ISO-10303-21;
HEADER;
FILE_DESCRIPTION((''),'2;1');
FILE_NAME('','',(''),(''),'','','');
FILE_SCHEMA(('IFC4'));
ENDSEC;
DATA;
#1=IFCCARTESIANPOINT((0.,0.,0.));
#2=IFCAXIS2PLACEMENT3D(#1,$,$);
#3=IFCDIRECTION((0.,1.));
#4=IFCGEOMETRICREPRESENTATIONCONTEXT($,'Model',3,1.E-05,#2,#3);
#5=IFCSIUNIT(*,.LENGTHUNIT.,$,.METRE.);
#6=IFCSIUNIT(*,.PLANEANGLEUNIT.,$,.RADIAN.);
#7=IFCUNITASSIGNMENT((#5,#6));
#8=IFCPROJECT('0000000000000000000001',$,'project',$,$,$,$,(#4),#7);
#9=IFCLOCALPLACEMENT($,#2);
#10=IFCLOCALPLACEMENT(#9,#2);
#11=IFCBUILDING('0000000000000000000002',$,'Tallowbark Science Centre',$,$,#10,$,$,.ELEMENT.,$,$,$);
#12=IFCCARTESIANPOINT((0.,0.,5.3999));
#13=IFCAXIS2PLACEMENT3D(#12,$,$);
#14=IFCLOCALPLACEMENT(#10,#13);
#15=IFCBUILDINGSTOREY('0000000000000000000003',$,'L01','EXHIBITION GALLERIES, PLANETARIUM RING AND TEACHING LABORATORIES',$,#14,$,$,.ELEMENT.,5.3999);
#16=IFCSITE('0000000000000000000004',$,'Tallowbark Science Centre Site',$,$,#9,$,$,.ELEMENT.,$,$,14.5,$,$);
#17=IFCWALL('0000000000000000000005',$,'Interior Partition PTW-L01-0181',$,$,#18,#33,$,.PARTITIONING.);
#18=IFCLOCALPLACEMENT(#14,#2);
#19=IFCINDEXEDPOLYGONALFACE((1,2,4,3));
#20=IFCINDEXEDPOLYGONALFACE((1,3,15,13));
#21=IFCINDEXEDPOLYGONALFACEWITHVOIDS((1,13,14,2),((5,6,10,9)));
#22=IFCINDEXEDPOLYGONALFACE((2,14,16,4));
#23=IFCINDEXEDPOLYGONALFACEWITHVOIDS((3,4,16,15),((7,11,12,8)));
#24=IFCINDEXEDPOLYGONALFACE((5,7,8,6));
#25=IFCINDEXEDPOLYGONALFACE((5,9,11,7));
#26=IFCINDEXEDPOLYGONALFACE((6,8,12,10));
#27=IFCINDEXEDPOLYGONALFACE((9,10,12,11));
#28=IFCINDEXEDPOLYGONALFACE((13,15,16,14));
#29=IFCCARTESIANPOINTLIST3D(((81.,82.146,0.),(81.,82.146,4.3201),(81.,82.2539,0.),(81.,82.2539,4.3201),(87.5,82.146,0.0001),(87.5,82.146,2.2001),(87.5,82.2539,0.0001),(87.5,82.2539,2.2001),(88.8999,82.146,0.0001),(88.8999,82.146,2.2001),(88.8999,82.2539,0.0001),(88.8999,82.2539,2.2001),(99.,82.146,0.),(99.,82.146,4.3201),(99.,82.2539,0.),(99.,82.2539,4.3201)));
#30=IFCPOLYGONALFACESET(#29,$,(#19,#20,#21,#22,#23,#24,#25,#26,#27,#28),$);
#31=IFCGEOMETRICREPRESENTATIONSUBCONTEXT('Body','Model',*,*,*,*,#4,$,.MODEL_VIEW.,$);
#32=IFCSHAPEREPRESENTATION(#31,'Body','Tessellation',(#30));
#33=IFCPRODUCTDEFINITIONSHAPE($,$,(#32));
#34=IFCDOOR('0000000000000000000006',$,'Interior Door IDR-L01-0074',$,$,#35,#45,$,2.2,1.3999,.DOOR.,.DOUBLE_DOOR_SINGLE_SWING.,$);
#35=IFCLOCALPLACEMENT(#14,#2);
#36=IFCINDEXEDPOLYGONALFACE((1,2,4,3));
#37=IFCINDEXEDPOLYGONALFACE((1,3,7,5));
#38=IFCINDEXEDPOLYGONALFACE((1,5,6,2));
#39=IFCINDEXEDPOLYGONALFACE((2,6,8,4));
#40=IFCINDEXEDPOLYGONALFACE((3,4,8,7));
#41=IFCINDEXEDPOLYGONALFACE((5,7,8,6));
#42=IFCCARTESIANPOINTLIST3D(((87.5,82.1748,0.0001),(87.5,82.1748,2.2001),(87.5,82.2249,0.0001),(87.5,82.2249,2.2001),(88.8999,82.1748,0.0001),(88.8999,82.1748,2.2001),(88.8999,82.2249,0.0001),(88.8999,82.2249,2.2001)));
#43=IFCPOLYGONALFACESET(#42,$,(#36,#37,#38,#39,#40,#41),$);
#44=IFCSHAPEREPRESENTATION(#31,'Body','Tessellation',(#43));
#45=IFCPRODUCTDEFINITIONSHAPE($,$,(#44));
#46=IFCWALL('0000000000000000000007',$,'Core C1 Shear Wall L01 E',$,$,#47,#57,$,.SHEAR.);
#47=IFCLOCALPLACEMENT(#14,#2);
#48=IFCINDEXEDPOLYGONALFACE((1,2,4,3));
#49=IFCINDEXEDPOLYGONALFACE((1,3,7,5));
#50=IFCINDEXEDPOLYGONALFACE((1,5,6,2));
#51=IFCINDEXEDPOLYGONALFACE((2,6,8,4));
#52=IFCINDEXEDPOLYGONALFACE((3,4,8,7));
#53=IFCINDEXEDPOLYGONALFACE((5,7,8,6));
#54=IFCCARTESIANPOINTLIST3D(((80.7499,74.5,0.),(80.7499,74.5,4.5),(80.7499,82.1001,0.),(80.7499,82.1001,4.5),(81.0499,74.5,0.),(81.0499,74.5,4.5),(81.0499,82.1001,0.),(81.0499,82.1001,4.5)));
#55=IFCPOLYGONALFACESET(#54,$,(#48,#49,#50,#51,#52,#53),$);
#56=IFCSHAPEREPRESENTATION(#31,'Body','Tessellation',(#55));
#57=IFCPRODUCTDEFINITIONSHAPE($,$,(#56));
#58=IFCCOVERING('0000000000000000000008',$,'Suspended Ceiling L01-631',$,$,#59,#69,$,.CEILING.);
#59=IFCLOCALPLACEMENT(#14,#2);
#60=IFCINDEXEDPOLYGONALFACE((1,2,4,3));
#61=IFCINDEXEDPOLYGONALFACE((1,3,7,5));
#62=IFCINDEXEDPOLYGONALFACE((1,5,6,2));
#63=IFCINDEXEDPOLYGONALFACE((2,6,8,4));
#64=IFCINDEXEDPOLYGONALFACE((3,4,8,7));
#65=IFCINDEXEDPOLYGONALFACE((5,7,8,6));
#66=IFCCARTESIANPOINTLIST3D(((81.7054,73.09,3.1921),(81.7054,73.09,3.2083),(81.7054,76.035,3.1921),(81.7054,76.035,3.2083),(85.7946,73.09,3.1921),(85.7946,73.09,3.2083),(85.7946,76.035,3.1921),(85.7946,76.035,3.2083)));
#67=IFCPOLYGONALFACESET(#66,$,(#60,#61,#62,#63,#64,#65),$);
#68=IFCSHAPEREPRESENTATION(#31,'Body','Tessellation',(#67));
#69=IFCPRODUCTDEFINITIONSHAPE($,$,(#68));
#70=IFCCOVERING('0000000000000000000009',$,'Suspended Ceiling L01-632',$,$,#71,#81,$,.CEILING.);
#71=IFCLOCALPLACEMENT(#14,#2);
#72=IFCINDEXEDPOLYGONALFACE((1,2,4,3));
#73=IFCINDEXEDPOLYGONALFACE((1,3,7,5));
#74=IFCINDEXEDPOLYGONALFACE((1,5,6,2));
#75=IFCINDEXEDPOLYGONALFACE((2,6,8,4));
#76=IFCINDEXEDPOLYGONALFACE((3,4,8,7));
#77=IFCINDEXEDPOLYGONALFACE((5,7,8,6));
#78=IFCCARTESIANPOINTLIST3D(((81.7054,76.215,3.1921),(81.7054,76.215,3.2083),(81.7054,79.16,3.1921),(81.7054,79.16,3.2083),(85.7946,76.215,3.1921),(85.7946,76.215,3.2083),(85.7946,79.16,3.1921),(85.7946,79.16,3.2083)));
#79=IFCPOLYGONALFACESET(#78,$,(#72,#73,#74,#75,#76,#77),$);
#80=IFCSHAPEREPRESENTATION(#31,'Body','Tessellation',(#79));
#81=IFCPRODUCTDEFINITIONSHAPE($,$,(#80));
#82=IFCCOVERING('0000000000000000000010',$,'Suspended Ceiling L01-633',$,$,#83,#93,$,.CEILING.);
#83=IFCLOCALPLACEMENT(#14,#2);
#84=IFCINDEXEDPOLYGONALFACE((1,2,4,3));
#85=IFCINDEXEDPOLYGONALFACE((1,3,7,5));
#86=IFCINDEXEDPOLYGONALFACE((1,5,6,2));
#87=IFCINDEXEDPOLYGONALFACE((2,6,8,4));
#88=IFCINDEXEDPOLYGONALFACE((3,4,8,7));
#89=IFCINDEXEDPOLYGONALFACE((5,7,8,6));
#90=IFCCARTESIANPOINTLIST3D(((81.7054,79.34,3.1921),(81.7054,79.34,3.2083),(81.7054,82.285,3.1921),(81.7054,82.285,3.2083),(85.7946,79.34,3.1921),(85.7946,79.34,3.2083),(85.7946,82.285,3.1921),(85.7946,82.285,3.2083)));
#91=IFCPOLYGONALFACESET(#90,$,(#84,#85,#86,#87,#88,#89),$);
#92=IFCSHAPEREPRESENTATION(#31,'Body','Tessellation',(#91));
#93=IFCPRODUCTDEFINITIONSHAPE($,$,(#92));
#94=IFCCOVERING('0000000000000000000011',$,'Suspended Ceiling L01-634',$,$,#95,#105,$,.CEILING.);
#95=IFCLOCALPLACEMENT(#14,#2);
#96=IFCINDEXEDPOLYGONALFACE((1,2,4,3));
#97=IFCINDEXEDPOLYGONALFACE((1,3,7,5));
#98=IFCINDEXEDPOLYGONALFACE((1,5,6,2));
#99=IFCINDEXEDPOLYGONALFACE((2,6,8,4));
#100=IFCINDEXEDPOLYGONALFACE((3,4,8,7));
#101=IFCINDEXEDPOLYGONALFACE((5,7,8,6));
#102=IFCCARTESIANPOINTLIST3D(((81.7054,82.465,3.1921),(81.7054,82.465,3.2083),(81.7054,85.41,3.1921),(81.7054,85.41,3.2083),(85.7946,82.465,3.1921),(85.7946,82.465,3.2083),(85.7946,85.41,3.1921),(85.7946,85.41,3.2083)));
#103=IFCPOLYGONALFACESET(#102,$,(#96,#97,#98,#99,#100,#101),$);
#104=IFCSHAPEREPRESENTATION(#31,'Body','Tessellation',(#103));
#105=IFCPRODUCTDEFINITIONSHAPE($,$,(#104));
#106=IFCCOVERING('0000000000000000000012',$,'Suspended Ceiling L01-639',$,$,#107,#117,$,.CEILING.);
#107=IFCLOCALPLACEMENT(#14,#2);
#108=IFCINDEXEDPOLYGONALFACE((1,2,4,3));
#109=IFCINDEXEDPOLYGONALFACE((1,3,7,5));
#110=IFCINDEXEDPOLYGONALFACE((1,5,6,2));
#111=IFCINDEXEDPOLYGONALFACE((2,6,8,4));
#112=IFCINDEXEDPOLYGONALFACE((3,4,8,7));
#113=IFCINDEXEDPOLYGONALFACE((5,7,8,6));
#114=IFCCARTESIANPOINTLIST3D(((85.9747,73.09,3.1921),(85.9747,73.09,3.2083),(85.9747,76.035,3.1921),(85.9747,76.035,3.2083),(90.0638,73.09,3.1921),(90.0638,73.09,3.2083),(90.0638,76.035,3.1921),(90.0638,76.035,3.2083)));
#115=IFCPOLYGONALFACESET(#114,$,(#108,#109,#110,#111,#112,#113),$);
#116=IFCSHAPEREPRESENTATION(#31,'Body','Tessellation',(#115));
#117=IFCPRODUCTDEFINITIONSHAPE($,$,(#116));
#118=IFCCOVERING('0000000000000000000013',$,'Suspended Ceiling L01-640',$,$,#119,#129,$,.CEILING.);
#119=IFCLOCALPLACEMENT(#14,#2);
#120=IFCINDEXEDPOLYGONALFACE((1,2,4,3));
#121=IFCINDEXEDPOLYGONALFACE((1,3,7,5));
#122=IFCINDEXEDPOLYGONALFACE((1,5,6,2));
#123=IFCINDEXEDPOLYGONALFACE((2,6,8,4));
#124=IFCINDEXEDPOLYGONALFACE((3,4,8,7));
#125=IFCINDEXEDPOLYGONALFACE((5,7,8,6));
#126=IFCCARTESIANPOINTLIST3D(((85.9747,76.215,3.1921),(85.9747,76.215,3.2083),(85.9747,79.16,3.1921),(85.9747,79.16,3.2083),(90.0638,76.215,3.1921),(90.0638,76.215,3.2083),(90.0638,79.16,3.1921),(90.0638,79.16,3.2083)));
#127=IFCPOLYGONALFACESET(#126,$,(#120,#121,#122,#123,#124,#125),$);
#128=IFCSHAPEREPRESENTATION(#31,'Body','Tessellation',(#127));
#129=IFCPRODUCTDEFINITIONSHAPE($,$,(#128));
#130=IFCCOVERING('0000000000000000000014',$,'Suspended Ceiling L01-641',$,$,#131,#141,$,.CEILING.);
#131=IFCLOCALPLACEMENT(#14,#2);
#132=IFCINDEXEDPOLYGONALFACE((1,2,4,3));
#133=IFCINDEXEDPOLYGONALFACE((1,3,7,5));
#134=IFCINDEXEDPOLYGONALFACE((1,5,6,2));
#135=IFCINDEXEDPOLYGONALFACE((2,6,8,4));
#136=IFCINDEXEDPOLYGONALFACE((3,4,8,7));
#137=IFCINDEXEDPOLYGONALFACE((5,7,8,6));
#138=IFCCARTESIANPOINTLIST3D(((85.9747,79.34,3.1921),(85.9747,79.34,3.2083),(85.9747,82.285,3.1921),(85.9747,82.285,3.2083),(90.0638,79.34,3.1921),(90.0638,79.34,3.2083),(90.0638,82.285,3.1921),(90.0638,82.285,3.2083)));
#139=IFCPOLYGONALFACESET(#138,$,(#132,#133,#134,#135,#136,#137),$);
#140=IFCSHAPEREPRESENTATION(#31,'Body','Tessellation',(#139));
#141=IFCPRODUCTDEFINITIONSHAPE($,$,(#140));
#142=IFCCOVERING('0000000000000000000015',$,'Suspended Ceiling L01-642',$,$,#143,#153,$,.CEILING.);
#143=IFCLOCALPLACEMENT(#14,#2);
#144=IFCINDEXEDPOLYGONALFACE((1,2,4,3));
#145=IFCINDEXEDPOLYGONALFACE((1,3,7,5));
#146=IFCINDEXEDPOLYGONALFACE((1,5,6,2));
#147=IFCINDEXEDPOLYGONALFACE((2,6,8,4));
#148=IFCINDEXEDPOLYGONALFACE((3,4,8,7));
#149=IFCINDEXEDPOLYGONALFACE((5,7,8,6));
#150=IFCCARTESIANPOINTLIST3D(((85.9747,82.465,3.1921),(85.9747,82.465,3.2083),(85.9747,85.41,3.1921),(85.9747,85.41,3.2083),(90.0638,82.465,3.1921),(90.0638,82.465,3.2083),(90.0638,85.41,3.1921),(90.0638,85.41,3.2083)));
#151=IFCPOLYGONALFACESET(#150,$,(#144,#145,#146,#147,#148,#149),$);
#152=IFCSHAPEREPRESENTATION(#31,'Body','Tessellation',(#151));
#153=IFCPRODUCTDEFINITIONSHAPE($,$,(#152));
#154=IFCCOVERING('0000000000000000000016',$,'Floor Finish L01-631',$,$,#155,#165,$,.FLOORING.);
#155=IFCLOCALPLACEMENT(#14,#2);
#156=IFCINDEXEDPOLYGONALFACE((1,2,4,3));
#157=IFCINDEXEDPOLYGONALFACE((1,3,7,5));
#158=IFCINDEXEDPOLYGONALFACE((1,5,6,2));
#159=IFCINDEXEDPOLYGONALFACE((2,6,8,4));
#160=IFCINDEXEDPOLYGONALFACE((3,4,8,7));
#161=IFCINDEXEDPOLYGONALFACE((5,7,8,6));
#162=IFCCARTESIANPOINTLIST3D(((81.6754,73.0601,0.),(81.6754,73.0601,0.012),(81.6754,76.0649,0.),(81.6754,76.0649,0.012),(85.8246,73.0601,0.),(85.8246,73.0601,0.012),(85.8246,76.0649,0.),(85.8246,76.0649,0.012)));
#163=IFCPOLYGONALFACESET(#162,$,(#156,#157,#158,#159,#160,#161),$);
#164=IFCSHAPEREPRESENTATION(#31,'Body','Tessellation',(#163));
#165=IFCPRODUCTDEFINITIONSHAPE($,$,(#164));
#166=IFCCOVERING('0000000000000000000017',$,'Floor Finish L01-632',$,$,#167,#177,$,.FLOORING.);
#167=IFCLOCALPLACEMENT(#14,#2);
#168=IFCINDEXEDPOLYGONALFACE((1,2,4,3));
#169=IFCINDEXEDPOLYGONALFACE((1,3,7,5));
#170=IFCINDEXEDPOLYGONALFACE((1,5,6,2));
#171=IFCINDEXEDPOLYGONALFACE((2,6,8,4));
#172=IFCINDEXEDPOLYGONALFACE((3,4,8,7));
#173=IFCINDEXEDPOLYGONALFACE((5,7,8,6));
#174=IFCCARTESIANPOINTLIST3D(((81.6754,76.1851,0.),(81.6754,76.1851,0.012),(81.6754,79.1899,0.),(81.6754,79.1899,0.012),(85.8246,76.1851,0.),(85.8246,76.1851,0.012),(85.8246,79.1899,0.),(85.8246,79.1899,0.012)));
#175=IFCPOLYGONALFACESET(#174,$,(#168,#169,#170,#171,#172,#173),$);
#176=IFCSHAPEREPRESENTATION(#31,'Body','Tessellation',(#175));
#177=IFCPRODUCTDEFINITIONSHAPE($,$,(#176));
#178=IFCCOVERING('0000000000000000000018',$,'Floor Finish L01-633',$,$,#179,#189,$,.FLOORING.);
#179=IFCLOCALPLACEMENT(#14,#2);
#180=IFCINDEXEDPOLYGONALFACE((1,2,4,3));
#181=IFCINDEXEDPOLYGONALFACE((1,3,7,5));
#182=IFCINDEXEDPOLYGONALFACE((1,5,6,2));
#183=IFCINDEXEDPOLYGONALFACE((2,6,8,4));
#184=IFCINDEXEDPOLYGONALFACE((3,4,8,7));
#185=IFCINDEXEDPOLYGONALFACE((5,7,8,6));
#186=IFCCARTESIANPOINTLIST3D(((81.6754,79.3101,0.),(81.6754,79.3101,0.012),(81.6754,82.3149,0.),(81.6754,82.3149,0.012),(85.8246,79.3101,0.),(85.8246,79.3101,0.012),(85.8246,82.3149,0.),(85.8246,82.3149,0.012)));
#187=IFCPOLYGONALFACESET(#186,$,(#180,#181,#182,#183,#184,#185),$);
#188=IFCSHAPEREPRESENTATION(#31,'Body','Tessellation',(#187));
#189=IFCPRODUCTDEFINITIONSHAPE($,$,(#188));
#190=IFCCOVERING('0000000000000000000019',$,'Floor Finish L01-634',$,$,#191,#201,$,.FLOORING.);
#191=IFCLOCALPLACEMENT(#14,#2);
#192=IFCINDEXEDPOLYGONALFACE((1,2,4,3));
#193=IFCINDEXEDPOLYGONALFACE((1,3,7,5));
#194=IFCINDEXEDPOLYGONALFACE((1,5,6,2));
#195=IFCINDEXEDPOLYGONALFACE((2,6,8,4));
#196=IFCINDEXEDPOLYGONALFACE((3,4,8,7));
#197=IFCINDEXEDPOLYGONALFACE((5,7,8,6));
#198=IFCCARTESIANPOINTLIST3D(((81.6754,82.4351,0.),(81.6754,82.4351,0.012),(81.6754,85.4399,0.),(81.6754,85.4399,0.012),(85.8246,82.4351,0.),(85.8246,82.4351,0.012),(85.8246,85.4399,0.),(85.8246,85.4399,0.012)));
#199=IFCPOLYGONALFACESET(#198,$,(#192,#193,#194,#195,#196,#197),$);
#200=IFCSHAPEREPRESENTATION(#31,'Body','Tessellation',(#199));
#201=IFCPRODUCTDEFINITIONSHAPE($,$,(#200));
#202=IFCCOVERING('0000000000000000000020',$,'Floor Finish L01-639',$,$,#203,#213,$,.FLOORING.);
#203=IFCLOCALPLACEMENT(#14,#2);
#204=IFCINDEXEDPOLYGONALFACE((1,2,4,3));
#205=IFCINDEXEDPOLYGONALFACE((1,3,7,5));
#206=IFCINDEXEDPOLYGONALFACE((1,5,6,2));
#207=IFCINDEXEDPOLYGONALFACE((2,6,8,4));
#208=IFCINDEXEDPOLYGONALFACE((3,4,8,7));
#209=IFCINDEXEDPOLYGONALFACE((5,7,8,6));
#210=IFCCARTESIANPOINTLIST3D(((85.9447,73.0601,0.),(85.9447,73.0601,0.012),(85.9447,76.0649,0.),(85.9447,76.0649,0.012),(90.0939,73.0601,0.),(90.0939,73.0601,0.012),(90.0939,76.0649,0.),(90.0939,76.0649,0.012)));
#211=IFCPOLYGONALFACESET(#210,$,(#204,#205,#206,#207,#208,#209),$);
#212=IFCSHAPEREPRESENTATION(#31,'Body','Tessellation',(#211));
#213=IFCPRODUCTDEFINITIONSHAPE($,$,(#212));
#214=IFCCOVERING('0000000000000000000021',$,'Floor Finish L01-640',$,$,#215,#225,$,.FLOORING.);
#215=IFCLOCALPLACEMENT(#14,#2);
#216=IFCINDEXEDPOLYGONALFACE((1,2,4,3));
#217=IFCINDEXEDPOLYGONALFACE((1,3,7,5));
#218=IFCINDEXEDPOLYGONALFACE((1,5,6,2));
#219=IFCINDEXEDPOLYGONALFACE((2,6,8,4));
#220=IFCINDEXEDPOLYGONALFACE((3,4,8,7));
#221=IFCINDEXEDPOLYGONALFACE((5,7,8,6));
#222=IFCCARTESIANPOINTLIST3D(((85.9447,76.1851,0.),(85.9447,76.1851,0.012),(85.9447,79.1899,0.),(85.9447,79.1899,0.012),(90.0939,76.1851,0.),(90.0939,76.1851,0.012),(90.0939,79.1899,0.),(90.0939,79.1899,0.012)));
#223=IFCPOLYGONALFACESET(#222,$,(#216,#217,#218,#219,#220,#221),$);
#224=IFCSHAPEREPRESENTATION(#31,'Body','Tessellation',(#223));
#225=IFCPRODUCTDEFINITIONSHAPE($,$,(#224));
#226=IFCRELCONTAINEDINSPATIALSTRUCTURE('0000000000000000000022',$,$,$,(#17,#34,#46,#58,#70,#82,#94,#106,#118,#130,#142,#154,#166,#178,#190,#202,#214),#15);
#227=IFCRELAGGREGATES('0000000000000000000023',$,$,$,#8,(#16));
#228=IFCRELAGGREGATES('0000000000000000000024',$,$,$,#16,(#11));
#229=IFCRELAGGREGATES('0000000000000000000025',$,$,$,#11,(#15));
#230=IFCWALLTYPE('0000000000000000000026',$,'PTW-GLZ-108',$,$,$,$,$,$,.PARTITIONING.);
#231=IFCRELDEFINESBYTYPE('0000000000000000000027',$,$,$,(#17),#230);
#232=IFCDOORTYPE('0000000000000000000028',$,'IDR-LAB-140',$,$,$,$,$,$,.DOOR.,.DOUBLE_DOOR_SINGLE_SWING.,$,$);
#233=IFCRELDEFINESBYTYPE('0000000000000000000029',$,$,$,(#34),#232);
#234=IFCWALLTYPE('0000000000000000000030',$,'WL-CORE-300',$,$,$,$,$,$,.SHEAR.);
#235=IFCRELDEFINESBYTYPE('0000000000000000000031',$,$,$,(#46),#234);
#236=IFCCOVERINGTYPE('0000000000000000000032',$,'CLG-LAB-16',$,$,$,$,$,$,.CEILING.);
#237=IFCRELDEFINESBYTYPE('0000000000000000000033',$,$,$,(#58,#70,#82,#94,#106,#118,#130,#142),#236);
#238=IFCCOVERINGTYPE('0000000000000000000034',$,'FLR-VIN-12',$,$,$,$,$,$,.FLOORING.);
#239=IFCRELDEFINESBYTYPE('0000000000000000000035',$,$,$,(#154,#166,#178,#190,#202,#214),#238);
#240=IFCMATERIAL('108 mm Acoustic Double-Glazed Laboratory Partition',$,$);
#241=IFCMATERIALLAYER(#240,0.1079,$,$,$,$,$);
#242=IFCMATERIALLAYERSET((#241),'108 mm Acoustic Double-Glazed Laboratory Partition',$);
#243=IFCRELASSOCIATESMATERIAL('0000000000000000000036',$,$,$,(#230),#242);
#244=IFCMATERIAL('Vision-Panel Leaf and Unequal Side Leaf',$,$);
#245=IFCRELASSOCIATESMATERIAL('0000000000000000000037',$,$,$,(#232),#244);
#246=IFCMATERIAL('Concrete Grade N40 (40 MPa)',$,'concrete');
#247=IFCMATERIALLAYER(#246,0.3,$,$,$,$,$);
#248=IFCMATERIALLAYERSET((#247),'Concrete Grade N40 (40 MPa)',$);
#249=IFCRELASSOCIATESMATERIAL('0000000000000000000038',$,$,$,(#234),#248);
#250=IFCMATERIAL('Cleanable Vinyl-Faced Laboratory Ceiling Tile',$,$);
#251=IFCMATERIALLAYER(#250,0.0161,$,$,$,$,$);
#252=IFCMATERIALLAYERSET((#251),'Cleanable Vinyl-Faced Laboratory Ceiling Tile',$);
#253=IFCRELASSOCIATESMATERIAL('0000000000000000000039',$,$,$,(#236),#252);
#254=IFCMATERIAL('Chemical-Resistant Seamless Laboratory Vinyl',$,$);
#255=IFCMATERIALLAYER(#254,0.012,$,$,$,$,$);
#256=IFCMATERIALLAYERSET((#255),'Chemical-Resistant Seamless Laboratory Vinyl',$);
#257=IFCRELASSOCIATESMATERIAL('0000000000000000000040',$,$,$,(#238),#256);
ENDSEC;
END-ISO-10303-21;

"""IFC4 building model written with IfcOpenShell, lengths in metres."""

from ifc_helpers import new_model, si_unit, direction, frame, frame_2d, origin, origin_2d, place, context, subcontext, project, spatial, rectangle, extrude, material, layer, layer_set, type_object, element, fill, save


model = new_model("IFC4")

# Units and contexts
model_context = context("Model", 3, precision=1e-05, world=origin(), true_north=direction((0.0, 1.0)))
body_context = subcontext(model_context, "Body", "Model", "MODEL_VIEW")
ifc_project = project(units=[si_unit("LENGTHUNIT", "METRE"), si_unit("PLANEANGLEUNIT", "RADIAN")], contexts=[model_context])

# Site, building, storey
site_placement = place(None, origin())
site = spatial("IfcSite", under=ifc_project, at=site_placement, Name="Tallowbark Science Centre Site", CompositionType="ELEMENT", RefElevation=14.5)
building_placement = place(site_placement, origin())
building = spatial("IfcBuilding", under=site, at=building_placement, Name="Tallowbark Science Centre", CompositionType="ELEMENT")
storey_placement = place(building_placement, frame((0.0, 0.0, 5.3999)))
storey = spatial("IfcBuildingStorey", under=building, at=storey_placement, Name="L01", Description="EXHIBITION GALLERIES, PLANETARIUM RING AND TEACHING LABORATORIES", CompositionType="ELEMENT", Elevation=5.3999)

# Wall, opening, door
ifc_material_1 = material(Name="108 mm Acoustic Double-Glazed Laboratory Partition")
ifc_layer_1 = layer(ifc_material_1, 0.1079)
ifc_layer_set_1 = layer_set([ifc_layer_1], Name="108 mm Acoustic Double-Glazed Laboratory Partition")
wall_type_1 = type_object("IfcWallType", Name="PTW-GLZ-108", PredefinedType="PARTITIONING", material=ifc_layer_set_1)
wall_1_placement = place(storey_placement, frame((81.0, 82.2, 0.0), z_axis=(0.0, 0.0, 1.0), x_axis=(1.0, 0.0, 0.0)))
wall_1 = element("IfcWall", 1, at=wall_1_placement, inside=storey, type_object=wall_type_1, Name="Interior Partition PTW-L01-0181", PredefinedType="PARTITIONING", context=body_context, shape_type="SweptSolid", body=[
    extrude(rectangle(XDim=18.0, YDim=0.1079, at=frame_2d((9.0, 0.0))), origin(), (0.0, 0.0, 1.0), 4.3201),
])
opening_placement = place(wall_1_placement, frame((6.5, 0.0, 0.0)))
opening = element("IfcOpeningElement", 2, at=opening_placement, cuts=wall_1, PredefinedType="OPENING", context=body_context, shape_type="SweptSolid", body=[
    extrude(rectangle(XDim=1.3999, YDim=2.2, at=frame_2d((0.7, 1.1001))), frame((0.0, 0.064, 0.0), z_axis=(0.0, -1.0, 0.0), x_axis=(1.0, 0.0, 0.0)), (0.0, 0.0, 1.0), 0.1279),
])
ifc_material_2 = material(Name="Vision-Panel Leaf and Unequal Side Leaf")
door_type = type_object("IfcDoorType", Name="IDR-LAB-140", OperationType="DOUBLE_DOOR_SINGLE_SWING", PredefinedType="DOOR", material=ifc_material_2)
door_placement = place(opening_placement, origin())
door = element("IfcDoor", 3, at=door_placement, inside=storey, type_object=door_type, Name="Interior Door IDR-L01-0074", OperationType="DOUBLE_DOOR_SINGLE_SWING", OverallHeight=2.2, OverallWidth=1.3999, PredefinedType="DOOR", context=body_context, shape_type="SweptSolid", body=[
    extrude(rectangle(XDim=1.3999, YDim=2.2, at=frame_2d((0.7, 1.1001))), frame((0.0, 0.0249, 0.0), z_axis=(0.0, -1.0, 0.0), x_axis=(1.0, 0.0, 0.0)), (0.0, 0.0, 1.0), 0.05),
])
fill(opening, door)

# Wall
ifc_material_3 = material(Name="Concrete Grade N40 (40 MPa)", Category="concrete")
ifc_layer_2 = layer(ifc_material_3, 0.3)
ifc_layer_set_2 = layer_set([ifc_layer_2], Name="Concrete Grade N40 (40 MPa)")
wall_type_2 = type_object("IfcWallType", Name="WL-CORE-300", PredefinedType="SHEAR", material=ifc_layer_set_2)
wall_2_placement = place(storey_placement, frame((80.8999, 74.5, 0.0), z_axis=(0.0, 0.0, 1.0), x_axis=(0.0, 1.0, 0.0)))
element("IfcWall", 4, at=wall_2_placement, inside=storey, type_object=wall_type_2, Name="Core C1 Shear Wall L01 E", PredefinedType="SHEAR", context=body_context, shape_type="SweptSolid", body=[
    extrude(rectangle(XDim=7.6001, YDim=0.3, at=frame_2d((3.8, 0.0))), origin(), (0.0, 0.0, 1.0), 4.5),
])

# Coverings
ifc_material_4 = material(Name="Cleanable Vinyl-Faced Laboratory Ceiling Tile")
ifc_layer_3 = layer(ifc_material_4, 0.0161)
ifc_layer_set_3 = layer_set([ifc_layer_3], Name="Cleanable Vinyl-Faced Laboratory Ceiling Tile")
covering_type_1 = type_object("IfcCoveringType", Name="CLG-LAB-16", PredefinedType="CEILING", material=ifc_layer_set_3)
for number, where, z_axis, x_axis, name in (
    (5, (83.75, 74.5625, 3.1921), (0.0, 0.0, 1.0), (1.0, 0.0, 0.0), "Suspended Ceiling L01-631"),
    (6, (83.75, 77.6875, 3.1921), (0.0, 0.0, 1.0), (1.0, 0.0, 0.0), "Suspended Ceiling L01-632"),
    (7, (83.75, 80.8125, 3.1921), (0.0, 0.0, 1.0), (1.0, 0.0, 0.0), "Suspended Ceiling L01-633"),
    (8, (83.75, 83.9375, 3.1921), (0.0, 0.0, 1.0), (1.0, 0.0, 0.0), "Suspended Ceiling L01-634"),
    (9, (88.0193, 74.5625, 3.1921), (0.0, 0.0, 1.0), (1.0, 0.0, 0.0), "Suspended Ceiling L01-639"),
    (10, (88.0193, 77.6875, 3.1921), (0.0, 0.0, 1.0), (1.0, 0.0, 0.0), "Suspended Ceiling L01-640"),
    (11, (88.0193, 80.8125, 3.1921), (0.0, 0.0, 1.0), (1.0, 0.0, 0.0), "Suspended Ceiling L01-641"),
    (12, (88.0193, 83.9375, 3.1921), (0.0, 0.0, 1.0), (1.0, 0.0, 0.0), "Suspended Ceiling L01-642"),
):
    element("IfcCovering", number, at=place(storey_placement, frame(where, z_axis=z_axis, x_axis=x_axis)), inside=storey, type_object=covering_type_1, Name=name, PredefinedType="CEILING", context=body_context, shape_type="SweptSolid", body=[
        extrude(rectangle(XDim=4.0891, YDim=2.9451, at=origin_2d()), origin(), (0.0, 0.0, 1.0), 0.0161),
    ])
ifc_material_5 = material(Name="Chemical-Resistant Seamless Laboratory Vinyl")
ifc_layer_4 = layer(ifc_material_5, 0.012)
ifc_layer_set_4 = layer_set([ifc_layer_4], Name="Chemical-Resistant Seamless Laboratory Vinyl")
covering_type_2 = type_object("IfcCoveringType", Name="FLR-VIN-12", PredefinedType="FLOORING", material=ifc_layer_set_4)
for number, where, z_axis, x_axis, name in (
    (13, (83.75, 74.5625, 0.0), (0.0, 0.0, 1.0), (1.0, 0.0, 0.0), "Floor Finish L01-631"),
    (14, (83.75, 77.6875, 0.0), (0.0, 0.0, 1.0), (1.0, 0.0, 0.0), "Floor Finish L01-632"),
    (15, (83.75, 80.8125, 0.0), (0.0, 0.0, 1.0), (1.0, 0.0, 0.0), "Floor Finish L01-633"),
    (16, (83.75, 83.9375, 0.0), (0.0, 0.0, 1.0), (1.0, 0.0, 0.0), "Floor Finish L01-634"),
    (17, (88.0193, 74.5625, 0.0), (0.0, 0.0, 1.0), (1.0, 0.0, 0.0), "Floor Finish L01-639"),
    (18, (88.0193, 77.6875, 0.0), (0.0, 0.0, 1.0), (1.0, 0.0, 0.0), "Floor Finish L01-640"),
):
    element("IfcCovering", number, at=place(storey_placement, frame(where, z_axis=z_axis, x_axis=x_axis)), inside=storey, type_object=covering_type_2, Name=name, PredefinedType="FLOORING", context=body_context, shape_type="SweptSolid", body=[
        extrude(rectangle(XDim=4.1492, YDim=3.0049, at=origin_2d()), origin(), (0.0, 0.0, 1.0), 0.012),
    ])

save(model, "model.ifc")
